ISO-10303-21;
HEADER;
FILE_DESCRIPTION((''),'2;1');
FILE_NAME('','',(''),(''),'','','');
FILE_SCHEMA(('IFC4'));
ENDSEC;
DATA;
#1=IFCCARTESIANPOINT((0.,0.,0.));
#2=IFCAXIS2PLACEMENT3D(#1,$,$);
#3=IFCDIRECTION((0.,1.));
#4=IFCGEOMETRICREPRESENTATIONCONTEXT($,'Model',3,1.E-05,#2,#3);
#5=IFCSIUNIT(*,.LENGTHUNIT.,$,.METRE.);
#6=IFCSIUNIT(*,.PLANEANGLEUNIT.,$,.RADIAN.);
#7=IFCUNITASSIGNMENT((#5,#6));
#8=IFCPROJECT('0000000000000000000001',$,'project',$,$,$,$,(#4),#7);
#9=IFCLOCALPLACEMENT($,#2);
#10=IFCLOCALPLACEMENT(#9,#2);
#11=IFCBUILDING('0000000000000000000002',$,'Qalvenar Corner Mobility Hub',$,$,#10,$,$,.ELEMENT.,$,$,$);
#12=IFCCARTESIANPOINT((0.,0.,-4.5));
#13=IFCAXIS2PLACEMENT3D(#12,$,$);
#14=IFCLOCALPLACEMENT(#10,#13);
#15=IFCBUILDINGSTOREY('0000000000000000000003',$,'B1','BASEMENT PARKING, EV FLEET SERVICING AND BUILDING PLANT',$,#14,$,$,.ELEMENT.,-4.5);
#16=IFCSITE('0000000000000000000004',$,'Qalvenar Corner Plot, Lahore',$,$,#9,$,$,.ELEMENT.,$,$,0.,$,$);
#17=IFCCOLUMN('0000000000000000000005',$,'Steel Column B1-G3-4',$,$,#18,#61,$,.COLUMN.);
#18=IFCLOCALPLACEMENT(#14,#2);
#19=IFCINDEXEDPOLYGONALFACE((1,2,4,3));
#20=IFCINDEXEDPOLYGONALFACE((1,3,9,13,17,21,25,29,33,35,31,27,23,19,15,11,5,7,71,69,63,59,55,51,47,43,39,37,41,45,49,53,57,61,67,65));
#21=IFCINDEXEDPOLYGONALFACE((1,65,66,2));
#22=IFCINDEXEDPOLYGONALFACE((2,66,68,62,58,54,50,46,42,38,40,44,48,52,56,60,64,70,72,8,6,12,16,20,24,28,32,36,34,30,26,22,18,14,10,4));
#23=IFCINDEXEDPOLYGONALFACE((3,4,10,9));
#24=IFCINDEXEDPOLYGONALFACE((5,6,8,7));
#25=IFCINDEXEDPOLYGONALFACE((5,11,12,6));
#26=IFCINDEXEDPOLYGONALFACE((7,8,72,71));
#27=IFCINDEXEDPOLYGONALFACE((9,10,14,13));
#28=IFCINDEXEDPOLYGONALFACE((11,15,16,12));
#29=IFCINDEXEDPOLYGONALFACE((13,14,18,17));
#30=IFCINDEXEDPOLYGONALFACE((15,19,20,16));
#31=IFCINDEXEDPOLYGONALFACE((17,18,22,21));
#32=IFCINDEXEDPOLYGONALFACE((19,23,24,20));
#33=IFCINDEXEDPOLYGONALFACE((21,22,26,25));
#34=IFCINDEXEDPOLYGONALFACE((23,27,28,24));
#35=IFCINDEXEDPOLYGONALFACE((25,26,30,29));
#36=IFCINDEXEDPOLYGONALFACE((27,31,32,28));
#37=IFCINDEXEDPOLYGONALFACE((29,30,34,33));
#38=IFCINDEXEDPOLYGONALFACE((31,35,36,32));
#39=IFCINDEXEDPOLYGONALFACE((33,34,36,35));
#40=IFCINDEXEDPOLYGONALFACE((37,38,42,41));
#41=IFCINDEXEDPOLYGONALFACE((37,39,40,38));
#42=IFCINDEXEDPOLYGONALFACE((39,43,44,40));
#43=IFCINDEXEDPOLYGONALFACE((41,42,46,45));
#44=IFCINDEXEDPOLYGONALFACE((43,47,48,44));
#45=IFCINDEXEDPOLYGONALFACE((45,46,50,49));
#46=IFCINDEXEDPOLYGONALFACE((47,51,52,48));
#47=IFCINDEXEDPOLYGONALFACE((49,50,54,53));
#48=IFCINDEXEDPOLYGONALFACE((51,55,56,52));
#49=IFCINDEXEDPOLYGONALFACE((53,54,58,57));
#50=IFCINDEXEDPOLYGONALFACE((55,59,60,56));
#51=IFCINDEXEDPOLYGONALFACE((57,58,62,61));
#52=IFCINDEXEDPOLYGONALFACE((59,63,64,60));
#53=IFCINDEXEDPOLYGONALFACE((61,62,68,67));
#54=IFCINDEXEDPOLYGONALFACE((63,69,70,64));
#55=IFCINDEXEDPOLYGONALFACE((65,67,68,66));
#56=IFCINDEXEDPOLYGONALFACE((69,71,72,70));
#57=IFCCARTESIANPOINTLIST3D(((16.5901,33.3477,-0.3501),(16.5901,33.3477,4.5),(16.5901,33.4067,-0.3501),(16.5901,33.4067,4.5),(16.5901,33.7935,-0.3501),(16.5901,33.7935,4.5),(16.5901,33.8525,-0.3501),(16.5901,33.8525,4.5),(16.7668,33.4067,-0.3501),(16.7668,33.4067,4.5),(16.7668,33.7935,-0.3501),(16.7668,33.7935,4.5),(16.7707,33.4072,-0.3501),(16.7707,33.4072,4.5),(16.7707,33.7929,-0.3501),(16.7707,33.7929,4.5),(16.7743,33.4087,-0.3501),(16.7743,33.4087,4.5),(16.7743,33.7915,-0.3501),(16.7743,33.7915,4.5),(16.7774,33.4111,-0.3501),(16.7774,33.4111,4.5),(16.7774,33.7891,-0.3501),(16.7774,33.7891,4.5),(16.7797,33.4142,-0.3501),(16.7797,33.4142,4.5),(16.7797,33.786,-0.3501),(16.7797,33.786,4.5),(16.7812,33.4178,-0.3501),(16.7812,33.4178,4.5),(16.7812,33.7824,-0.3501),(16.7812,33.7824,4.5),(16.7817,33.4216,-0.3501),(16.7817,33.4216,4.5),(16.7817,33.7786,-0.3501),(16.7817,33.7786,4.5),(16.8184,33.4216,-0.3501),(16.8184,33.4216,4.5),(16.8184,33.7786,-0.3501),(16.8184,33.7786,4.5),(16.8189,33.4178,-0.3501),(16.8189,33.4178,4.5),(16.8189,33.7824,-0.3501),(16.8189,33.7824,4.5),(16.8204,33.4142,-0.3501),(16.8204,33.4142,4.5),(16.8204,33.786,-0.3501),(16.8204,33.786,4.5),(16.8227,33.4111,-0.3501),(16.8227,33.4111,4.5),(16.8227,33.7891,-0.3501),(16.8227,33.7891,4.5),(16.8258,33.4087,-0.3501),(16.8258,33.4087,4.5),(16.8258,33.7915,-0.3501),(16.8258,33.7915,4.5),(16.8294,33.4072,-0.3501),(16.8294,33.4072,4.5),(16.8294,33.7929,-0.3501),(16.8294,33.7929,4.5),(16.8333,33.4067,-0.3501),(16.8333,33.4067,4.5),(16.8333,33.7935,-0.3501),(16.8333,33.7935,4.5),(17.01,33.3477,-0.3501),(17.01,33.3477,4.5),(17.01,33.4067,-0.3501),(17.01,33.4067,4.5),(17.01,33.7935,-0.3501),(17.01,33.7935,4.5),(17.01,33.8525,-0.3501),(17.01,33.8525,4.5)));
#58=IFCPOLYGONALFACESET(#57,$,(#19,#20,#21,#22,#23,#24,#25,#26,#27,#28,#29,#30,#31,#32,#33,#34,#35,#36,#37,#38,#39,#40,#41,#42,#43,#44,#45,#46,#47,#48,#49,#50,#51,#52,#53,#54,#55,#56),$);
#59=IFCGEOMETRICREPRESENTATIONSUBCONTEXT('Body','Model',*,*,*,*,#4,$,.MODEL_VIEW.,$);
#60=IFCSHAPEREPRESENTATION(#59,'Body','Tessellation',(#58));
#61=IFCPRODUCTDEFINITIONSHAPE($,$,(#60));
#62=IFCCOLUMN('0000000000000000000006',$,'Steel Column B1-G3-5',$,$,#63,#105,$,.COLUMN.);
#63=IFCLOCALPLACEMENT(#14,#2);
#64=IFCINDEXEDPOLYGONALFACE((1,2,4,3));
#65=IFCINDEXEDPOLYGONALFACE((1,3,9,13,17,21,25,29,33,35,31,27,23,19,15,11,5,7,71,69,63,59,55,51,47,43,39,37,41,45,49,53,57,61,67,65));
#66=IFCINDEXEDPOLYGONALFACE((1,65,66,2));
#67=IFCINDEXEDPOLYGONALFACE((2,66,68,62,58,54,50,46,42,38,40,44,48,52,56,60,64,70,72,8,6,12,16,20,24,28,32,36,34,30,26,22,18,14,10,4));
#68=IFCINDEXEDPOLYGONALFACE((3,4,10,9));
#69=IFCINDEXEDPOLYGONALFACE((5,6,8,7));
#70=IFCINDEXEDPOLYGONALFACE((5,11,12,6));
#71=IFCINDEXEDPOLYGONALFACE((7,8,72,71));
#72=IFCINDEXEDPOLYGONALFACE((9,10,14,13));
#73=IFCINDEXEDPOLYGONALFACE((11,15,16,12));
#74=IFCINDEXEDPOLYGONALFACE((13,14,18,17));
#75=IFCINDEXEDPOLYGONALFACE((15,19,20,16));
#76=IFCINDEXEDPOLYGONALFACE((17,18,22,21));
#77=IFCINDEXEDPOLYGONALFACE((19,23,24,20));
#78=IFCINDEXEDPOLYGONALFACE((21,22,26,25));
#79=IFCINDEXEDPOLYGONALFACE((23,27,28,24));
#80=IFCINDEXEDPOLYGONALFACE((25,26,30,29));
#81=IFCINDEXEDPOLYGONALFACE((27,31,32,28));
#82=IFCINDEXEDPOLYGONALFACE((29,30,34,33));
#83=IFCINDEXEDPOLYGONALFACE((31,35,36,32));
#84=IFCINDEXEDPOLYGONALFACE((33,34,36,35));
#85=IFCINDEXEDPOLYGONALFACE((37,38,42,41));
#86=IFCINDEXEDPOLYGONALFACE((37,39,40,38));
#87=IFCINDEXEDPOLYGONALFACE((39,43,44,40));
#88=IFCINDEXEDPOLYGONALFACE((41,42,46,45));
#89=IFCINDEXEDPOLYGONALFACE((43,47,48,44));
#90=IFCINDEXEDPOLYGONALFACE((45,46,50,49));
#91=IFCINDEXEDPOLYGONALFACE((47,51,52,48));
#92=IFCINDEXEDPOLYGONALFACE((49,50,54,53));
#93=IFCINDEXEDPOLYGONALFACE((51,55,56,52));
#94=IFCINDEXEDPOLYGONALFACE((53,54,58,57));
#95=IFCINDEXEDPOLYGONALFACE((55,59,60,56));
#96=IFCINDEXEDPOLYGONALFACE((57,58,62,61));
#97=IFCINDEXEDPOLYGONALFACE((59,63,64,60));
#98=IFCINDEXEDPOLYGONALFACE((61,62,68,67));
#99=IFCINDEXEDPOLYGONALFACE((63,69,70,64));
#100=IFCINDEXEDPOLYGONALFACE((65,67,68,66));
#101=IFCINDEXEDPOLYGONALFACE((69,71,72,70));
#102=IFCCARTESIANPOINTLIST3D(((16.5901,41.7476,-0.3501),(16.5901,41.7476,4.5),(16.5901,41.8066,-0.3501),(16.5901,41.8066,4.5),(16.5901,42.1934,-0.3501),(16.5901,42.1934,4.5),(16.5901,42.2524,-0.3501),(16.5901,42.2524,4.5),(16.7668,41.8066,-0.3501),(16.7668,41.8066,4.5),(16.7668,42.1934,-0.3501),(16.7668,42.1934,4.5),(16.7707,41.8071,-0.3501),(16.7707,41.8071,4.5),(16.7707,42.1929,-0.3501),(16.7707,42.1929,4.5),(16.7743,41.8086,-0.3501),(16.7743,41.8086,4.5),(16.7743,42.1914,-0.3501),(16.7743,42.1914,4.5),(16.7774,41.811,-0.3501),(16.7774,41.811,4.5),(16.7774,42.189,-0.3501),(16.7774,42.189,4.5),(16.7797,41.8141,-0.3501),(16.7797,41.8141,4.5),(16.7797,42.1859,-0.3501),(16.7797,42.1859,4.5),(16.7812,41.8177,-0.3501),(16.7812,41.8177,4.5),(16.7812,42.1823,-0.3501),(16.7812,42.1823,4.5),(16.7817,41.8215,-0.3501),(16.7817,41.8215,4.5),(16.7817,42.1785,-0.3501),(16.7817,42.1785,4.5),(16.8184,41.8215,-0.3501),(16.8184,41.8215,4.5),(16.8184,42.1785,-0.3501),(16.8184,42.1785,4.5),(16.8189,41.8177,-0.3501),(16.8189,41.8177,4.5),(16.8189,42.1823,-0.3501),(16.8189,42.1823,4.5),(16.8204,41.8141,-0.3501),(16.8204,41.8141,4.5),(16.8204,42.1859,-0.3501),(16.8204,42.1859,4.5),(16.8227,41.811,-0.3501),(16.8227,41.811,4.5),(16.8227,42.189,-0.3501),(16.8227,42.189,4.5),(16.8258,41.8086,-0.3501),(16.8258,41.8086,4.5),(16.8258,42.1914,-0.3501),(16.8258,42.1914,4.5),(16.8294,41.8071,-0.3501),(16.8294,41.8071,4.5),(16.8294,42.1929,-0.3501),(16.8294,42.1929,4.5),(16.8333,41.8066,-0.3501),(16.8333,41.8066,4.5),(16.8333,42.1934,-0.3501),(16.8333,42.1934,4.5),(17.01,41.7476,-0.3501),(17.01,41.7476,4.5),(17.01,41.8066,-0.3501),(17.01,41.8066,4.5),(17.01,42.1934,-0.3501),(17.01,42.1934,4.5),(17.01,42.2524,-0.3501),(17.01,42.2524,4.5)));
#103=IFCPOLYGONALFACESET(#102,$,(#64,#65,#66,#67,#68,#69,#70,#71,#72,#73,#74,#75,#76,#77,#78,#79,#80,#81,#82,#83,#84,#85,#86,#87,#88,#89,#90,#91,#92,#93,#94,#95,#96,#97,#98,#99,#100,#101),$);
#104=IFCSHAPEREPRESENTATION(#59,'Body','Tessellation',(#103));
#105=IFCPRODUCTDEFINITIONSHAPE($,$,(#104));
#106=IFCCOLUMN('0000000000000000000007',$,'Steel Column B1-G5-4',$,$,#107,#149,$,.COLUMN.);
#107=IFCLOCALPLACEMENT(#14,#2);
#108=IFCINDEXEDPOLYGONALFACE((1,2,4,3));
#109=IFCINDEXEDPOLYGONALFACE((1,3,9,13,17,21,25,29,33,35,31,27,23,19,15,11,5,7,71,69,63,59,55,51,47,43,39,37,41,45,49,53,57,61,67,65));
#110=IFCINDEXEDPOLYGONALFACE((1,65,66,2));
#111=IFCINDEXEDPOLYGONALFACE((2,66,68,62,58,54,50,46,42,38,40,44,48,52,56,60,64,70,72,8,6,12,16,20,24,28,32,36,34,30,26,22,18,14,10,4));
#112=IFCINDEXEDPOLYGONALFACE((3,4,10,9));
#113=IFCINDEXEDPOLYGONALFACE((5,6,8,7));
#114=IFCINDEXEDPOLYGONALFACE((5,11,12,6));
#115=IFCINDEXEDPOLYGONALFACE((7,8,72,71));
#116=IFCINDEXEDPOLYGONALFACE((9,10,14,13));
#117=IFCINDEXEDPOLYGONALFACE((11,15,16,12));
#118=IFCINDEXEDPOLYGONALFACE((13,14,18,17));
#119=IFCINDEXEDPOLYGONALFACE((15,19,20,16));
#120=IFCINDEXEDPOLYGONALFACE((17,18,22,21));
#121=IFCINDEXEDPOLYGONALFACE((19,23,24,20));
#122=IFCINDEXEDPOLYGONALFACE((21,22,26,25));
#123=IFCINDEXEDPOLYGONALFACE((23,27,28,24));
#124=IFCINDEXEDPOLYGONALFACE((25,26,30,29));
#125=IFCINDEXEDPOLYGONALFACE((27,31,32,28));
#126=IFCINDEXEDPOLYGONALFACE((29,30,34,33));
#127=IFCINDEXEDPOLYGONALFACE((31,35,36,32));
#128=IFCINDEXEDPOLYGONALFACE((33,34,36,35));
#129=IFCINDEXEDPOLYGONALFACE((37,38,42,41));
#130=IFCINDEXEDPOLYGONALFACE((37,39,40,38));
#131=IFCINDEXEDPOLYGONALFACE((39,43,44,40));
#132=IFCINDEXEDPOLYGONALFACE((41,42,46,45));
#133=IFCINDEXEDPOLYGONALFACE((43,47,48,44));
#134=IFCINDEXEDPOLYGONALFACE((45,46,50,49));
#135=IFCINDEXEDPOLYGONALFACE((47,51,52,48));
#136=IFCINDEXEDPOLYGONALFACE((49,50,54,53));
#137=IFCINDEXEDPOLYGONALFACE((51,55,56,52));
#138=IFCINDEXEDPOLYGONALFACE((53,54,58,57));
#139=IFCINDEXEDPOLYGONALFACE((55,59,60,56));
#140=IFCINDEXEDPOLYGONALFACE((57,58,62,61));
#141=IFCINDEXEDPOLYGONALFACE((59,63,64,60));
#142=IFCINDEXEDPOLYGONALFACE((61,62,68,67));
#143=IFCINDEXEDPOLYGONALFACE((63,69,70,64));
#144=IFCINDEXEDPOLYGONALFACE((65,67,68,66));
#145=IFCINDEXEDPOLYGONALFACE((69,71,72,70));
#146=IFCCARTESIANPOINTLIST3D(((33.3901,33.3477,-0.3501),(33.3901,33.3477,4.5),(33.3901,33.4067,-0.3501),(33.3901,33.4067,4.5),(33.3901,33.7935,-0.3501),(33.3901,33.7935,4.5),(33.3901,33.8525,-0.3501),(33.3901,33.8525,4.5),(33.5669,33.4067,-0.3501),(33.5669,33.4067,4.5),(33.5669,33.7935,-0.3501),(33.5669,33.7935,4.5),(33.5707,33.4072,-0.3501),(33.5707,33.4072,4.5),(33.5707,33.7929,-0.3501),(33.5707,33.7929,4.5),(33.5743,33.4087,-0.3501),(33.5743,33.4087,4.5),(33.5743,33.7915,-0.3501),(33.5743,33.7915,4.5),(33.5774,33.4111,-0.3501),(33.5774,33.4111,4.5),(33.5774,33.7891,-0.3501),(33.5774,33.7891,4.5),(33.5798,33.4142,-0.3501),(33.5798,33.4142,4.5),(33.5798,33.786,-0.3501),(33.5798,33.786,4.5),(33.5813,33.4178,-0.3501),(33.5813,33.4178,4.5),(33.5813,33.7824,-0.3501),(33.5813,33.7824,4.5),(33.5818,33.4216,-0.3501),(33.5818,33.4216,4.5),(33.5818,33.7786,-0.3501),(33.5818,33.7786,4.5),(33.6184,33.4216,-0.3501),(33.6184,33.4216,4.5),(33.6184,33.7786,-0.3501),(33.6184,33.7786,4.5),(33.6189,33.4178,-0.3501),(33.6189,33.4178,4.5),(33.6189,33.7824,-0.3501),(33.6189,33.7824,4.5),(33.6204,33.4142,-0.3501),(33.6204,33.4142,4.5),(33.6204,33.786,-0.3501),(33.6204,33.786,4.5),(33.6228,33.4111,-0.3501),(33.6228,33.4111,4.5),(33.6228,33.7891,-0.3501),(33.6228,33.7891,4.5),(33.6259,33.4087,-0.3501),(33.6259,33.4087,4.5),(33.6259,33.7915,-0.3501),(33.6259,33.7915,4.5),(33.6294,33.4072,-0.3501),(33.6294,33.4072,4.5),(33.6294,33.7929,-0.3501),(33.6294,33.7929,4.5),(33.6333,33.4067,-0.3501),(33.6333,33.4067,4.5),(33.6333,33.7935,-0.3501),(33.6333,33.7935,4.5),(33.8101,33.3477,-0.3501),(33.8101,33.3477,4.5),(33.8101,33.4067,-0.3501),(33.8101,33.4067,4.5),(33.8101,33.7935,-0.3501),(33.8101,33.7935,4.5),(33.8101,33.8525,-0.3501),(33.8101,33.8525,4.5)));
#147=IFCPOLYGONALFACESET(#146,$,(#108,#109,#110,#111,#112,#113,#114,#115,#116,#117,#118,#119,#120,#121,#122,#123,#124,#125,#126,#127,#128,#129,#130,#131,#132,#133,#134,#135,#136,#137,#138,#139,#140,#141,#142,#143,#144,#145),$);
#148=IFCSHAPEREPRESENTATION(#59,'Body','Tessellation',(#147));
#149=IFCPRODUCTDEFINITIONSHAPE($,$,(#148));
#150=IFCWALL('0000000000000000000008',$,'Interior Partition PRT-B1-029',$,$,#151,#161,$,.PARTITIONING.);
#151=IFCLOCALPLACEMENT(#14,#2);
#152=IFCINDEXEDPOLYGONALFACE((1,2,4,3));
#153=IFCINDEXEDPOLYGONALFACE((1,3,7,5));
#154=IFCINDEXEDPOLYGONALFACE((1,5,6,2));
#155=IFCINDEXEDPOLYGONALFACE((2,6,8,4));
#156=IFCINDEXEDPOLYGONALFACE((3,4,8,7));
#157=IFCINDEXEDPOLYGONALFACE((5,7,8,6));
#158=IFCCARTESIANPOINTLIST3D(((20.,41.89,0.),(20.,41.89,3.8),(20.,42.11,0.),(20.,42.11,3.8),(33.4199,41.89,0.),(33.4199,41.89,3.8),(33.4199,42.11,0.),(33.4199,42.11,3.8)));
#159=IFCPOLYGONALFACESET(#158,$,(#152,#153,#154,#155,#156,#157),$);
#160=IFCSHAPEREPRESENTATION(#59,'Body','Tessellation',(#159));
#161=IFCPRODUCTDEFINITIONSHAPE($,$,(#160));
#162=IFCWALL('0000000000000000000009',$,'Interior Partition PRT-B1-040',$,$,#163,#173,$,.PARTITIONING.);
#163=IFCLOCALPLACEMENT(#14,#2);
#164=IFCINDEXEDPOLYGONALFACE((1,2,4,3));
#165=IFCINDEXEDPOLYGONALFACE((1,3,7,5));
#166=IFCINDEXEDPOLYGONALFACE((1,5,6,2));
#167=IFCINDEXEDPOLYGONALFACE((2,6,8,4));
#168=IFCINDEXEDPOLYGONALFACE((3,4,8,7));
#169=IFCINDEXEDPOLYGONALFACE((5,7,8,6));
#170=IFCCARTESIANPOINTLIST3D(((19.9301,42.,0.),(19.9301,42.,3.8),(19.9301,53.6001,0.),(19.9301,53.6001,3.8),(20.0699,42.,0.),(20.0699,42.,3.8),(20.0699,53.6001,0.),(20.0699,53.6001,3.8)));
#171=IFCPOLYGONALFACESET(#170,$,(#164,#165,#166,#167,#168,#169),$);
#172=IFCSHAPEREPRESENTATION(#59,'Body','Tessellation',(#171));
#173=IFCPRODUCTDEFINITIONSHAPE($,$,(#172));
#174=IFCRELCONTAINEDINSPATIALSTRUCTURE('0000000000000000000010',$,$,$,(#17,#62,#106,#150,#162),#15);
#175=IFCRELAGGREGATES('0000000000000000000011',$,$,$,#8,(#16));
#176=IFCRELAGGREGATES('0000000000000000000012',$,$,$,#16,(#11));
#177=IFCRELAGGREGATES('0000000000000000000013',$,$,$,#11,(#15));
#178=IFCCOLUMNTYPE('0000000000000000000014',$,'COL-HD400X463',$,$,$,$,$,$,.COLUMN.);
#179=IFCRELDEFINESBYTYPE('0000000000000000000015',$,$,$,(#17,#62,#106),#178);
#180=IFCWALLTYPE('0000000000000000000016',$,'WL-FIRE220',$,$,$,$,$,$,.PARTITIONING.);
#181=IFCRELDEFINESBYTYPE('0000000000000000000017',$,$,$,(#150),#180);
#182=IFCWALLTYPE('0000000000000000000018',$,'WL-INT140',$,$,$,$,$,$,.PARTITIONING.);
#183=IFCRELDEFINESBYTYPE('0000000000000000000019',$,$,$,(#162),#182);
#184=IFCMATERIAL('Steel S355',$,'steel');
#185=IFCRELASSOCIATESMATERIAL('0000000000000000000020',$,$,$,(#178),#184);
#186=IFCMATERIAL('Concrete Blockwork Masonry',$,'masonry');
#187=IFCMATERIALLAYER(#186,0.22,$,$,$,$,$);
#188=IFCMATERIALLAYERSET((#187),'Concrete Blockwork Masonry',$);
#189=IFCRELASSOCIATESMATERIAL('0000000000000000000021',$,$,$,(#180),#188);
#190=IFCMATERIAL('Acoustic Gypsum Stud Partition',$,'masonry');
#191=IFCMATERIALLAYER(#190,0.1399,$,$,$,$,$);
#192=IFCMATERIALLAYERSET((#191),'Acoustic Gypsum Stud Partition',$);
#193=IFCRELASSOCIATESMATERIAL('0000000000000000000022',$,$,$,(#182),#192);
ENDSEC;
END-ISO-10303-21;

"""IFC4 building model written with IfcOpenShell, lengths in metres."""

from ifc_helpers import new_model, si_unit, direction, frame, frame_2d, origin, origin_2d, place, context, subcontext, project, spatial, rectangle, i_section, extrude, material, layer, layer_set, material_profile, profile_set, type_object, element, save


model = new_model("IFC4")

# Units and contexts
model_context = context("Model", 3, precision=1e-05, world=origin(), true_north=direction((0.0, 1.0)))
body_context = subcontext(model_context, "Body", "Model", "MODEL_VIEW")
ifc_project = project(units=[si_unit("LENGTHUNIT", "METRE"), si_unit("PLANEANGLEUNIT", "RADIAN")], contexts=[model_context])

# Site, building, storey
site_placement = place(None, origin())
site = spatial("IfcSite", under=ifc_project, at=site_placement, Name="Qalvenar Corner Plot, Lahore", CompositionType="ELEMENT", RefElevation=0.0)
building_placement = place(site_placement, origin())
building = spatial("IfcBuilding", under=site, at=building_placement, Name="Qalvenar Corner Mobility Hub", CompositionType="ELEMENT")
storey_placement = place(building_placement, frame((0.0, 0.0, -4.5)))
storey = spatial("IfcBuildingStorey", under=building, at=storey_placement, Name="B1", Description="BASEMENT PARKING, EV FLEET SERVICING AND BUILDING PLANT", CompositionType="ELEMENT", Elevation=-4.5)

# Columns
ifc_material_1 = material(Name="Steel S355", Category="steel")
ifc_material_profile_1 = material_profile(ifc_material_1, i_section(OverallWidth=0.4199, OverallDepth=0.5049, WebThickness=0.0366, FlangeThickness=0.0591, FilletRadius=0.0149, at=origin_2d()), Name="HD400x551")
ifc_profile_set_1 = profile_set([ifc_material_profile_1], Name="Steel S355")
column_type_1 = type_object("IfcColumnType", Name="COL-HD400X463", PredefinedType="COLUMN", material=ifc_profile_set_1)
for number, where, z_axis, x_axis, name in (
    (1, (16.8, 33.6001, -0.3501), (0.0, 0.0, 1.0), (1.0, 0.0, 0.0), "Steel Column B1-G3-4"),
    (2, (16.8, 42.0, -0.3501), (0.0, 0.0, 1.0), (1.0, 0.0, 0.0), "Steel Column B1-G3-5"),
    (3, (33.6001, 33.6001, -0.3501), (0.0, 0.0, 1.0), (1.0, 0.0, 0.0), "Steel Column B1-G5-4"),
):
    element("IfcColumn", number, at=place(storey_placement, frame(where, z_axis=z_axis, x_axis=x_axis)), inside=storey, type_object=column_type_1, Name=name, PredefinedType="COLUMN", context=body_context, shape_type="SweptSolid", body=[
        extrude(i_section(OverallWidth=0.4199, OverallDepth=0.5049, WebThickness=0.0366, FlangeThickness=0.0591, FilletRadius=0.0149, at=origin_2d()), origin(), (0.0, 0.0, 1.0), 4.8501),
    ])

# Walls
ifc_material_2 = material(Name="Concrete Blockwork Masonry", Category="masonry")
ifc_layer_1 = layer(ifc_material_2, 0.22)
ifc_layer_set_1 = layer_set([ifc_layer_1], Name="Concrete Blockwork Masonry")
wall_type_1 = type_object("IfcWallType", Name="WL-FIRE220", PredefinedType="PARTITIONING", material=ifc_layer_set_1)
wall_1_placement = place(storey_placement, frame((20.0, 42.0, 0.0), z_axis=(0.0, 0.0, 1.0), x_axis=(1.0, 0.0, 0.0)))
element("IfcWall", 4, at=wall_1_placement, inside=storey, type_object=wall_type_1, Name="Interior Partition PRT-B1-029", PredefinedType="PARTITIONING", context=body_context, shape_type="SweptSolid", body=[
    extrude(rectangle(XDim=13.4199, YDim=0.22, at=frame_2d((6.71, 0.0))), origin(), (0.0, 0.0, 1.0), 3.8),
])
ifc_material_3 = material(Name="Acoustic Gypsum Stud Partition", Category="masonry")
ifc_layer_2 = layer(ifc_material_3, 0.1399)
ifc_layer_set_2 = layer_set([ifc_layer_2], Name="Acoustic Gypsum Stud Partition")
wall_type_2 = type_object("IfcWallType", Name="WL-INT140", PredefinedType="PARTITIONING", material=ifc_layer_set_2)
wall_2_placement = place(storey_placement, frame((20.0, 42.0, 0.0), z_axis=(0.0, 0.0, 1.0), x_axis=(0.0, 1.0, 0.0)))
element("IfcWall", 5, at=wall_2_placement, inside=storey, type_object=wall_type_2, Name="Interior Partition PRT-B1-040", PredefinedType="PARTITIONING", context=body_context, shape_type="SweptSolid", body=[
    extrude(rectangle(XDim=11.6001, YDim=0.1399, at=frame_2d((5.8, 0.0))), origin(), (0.0, 0.0, 1.0), 3.8),
])

save(model, "model.ifc")
